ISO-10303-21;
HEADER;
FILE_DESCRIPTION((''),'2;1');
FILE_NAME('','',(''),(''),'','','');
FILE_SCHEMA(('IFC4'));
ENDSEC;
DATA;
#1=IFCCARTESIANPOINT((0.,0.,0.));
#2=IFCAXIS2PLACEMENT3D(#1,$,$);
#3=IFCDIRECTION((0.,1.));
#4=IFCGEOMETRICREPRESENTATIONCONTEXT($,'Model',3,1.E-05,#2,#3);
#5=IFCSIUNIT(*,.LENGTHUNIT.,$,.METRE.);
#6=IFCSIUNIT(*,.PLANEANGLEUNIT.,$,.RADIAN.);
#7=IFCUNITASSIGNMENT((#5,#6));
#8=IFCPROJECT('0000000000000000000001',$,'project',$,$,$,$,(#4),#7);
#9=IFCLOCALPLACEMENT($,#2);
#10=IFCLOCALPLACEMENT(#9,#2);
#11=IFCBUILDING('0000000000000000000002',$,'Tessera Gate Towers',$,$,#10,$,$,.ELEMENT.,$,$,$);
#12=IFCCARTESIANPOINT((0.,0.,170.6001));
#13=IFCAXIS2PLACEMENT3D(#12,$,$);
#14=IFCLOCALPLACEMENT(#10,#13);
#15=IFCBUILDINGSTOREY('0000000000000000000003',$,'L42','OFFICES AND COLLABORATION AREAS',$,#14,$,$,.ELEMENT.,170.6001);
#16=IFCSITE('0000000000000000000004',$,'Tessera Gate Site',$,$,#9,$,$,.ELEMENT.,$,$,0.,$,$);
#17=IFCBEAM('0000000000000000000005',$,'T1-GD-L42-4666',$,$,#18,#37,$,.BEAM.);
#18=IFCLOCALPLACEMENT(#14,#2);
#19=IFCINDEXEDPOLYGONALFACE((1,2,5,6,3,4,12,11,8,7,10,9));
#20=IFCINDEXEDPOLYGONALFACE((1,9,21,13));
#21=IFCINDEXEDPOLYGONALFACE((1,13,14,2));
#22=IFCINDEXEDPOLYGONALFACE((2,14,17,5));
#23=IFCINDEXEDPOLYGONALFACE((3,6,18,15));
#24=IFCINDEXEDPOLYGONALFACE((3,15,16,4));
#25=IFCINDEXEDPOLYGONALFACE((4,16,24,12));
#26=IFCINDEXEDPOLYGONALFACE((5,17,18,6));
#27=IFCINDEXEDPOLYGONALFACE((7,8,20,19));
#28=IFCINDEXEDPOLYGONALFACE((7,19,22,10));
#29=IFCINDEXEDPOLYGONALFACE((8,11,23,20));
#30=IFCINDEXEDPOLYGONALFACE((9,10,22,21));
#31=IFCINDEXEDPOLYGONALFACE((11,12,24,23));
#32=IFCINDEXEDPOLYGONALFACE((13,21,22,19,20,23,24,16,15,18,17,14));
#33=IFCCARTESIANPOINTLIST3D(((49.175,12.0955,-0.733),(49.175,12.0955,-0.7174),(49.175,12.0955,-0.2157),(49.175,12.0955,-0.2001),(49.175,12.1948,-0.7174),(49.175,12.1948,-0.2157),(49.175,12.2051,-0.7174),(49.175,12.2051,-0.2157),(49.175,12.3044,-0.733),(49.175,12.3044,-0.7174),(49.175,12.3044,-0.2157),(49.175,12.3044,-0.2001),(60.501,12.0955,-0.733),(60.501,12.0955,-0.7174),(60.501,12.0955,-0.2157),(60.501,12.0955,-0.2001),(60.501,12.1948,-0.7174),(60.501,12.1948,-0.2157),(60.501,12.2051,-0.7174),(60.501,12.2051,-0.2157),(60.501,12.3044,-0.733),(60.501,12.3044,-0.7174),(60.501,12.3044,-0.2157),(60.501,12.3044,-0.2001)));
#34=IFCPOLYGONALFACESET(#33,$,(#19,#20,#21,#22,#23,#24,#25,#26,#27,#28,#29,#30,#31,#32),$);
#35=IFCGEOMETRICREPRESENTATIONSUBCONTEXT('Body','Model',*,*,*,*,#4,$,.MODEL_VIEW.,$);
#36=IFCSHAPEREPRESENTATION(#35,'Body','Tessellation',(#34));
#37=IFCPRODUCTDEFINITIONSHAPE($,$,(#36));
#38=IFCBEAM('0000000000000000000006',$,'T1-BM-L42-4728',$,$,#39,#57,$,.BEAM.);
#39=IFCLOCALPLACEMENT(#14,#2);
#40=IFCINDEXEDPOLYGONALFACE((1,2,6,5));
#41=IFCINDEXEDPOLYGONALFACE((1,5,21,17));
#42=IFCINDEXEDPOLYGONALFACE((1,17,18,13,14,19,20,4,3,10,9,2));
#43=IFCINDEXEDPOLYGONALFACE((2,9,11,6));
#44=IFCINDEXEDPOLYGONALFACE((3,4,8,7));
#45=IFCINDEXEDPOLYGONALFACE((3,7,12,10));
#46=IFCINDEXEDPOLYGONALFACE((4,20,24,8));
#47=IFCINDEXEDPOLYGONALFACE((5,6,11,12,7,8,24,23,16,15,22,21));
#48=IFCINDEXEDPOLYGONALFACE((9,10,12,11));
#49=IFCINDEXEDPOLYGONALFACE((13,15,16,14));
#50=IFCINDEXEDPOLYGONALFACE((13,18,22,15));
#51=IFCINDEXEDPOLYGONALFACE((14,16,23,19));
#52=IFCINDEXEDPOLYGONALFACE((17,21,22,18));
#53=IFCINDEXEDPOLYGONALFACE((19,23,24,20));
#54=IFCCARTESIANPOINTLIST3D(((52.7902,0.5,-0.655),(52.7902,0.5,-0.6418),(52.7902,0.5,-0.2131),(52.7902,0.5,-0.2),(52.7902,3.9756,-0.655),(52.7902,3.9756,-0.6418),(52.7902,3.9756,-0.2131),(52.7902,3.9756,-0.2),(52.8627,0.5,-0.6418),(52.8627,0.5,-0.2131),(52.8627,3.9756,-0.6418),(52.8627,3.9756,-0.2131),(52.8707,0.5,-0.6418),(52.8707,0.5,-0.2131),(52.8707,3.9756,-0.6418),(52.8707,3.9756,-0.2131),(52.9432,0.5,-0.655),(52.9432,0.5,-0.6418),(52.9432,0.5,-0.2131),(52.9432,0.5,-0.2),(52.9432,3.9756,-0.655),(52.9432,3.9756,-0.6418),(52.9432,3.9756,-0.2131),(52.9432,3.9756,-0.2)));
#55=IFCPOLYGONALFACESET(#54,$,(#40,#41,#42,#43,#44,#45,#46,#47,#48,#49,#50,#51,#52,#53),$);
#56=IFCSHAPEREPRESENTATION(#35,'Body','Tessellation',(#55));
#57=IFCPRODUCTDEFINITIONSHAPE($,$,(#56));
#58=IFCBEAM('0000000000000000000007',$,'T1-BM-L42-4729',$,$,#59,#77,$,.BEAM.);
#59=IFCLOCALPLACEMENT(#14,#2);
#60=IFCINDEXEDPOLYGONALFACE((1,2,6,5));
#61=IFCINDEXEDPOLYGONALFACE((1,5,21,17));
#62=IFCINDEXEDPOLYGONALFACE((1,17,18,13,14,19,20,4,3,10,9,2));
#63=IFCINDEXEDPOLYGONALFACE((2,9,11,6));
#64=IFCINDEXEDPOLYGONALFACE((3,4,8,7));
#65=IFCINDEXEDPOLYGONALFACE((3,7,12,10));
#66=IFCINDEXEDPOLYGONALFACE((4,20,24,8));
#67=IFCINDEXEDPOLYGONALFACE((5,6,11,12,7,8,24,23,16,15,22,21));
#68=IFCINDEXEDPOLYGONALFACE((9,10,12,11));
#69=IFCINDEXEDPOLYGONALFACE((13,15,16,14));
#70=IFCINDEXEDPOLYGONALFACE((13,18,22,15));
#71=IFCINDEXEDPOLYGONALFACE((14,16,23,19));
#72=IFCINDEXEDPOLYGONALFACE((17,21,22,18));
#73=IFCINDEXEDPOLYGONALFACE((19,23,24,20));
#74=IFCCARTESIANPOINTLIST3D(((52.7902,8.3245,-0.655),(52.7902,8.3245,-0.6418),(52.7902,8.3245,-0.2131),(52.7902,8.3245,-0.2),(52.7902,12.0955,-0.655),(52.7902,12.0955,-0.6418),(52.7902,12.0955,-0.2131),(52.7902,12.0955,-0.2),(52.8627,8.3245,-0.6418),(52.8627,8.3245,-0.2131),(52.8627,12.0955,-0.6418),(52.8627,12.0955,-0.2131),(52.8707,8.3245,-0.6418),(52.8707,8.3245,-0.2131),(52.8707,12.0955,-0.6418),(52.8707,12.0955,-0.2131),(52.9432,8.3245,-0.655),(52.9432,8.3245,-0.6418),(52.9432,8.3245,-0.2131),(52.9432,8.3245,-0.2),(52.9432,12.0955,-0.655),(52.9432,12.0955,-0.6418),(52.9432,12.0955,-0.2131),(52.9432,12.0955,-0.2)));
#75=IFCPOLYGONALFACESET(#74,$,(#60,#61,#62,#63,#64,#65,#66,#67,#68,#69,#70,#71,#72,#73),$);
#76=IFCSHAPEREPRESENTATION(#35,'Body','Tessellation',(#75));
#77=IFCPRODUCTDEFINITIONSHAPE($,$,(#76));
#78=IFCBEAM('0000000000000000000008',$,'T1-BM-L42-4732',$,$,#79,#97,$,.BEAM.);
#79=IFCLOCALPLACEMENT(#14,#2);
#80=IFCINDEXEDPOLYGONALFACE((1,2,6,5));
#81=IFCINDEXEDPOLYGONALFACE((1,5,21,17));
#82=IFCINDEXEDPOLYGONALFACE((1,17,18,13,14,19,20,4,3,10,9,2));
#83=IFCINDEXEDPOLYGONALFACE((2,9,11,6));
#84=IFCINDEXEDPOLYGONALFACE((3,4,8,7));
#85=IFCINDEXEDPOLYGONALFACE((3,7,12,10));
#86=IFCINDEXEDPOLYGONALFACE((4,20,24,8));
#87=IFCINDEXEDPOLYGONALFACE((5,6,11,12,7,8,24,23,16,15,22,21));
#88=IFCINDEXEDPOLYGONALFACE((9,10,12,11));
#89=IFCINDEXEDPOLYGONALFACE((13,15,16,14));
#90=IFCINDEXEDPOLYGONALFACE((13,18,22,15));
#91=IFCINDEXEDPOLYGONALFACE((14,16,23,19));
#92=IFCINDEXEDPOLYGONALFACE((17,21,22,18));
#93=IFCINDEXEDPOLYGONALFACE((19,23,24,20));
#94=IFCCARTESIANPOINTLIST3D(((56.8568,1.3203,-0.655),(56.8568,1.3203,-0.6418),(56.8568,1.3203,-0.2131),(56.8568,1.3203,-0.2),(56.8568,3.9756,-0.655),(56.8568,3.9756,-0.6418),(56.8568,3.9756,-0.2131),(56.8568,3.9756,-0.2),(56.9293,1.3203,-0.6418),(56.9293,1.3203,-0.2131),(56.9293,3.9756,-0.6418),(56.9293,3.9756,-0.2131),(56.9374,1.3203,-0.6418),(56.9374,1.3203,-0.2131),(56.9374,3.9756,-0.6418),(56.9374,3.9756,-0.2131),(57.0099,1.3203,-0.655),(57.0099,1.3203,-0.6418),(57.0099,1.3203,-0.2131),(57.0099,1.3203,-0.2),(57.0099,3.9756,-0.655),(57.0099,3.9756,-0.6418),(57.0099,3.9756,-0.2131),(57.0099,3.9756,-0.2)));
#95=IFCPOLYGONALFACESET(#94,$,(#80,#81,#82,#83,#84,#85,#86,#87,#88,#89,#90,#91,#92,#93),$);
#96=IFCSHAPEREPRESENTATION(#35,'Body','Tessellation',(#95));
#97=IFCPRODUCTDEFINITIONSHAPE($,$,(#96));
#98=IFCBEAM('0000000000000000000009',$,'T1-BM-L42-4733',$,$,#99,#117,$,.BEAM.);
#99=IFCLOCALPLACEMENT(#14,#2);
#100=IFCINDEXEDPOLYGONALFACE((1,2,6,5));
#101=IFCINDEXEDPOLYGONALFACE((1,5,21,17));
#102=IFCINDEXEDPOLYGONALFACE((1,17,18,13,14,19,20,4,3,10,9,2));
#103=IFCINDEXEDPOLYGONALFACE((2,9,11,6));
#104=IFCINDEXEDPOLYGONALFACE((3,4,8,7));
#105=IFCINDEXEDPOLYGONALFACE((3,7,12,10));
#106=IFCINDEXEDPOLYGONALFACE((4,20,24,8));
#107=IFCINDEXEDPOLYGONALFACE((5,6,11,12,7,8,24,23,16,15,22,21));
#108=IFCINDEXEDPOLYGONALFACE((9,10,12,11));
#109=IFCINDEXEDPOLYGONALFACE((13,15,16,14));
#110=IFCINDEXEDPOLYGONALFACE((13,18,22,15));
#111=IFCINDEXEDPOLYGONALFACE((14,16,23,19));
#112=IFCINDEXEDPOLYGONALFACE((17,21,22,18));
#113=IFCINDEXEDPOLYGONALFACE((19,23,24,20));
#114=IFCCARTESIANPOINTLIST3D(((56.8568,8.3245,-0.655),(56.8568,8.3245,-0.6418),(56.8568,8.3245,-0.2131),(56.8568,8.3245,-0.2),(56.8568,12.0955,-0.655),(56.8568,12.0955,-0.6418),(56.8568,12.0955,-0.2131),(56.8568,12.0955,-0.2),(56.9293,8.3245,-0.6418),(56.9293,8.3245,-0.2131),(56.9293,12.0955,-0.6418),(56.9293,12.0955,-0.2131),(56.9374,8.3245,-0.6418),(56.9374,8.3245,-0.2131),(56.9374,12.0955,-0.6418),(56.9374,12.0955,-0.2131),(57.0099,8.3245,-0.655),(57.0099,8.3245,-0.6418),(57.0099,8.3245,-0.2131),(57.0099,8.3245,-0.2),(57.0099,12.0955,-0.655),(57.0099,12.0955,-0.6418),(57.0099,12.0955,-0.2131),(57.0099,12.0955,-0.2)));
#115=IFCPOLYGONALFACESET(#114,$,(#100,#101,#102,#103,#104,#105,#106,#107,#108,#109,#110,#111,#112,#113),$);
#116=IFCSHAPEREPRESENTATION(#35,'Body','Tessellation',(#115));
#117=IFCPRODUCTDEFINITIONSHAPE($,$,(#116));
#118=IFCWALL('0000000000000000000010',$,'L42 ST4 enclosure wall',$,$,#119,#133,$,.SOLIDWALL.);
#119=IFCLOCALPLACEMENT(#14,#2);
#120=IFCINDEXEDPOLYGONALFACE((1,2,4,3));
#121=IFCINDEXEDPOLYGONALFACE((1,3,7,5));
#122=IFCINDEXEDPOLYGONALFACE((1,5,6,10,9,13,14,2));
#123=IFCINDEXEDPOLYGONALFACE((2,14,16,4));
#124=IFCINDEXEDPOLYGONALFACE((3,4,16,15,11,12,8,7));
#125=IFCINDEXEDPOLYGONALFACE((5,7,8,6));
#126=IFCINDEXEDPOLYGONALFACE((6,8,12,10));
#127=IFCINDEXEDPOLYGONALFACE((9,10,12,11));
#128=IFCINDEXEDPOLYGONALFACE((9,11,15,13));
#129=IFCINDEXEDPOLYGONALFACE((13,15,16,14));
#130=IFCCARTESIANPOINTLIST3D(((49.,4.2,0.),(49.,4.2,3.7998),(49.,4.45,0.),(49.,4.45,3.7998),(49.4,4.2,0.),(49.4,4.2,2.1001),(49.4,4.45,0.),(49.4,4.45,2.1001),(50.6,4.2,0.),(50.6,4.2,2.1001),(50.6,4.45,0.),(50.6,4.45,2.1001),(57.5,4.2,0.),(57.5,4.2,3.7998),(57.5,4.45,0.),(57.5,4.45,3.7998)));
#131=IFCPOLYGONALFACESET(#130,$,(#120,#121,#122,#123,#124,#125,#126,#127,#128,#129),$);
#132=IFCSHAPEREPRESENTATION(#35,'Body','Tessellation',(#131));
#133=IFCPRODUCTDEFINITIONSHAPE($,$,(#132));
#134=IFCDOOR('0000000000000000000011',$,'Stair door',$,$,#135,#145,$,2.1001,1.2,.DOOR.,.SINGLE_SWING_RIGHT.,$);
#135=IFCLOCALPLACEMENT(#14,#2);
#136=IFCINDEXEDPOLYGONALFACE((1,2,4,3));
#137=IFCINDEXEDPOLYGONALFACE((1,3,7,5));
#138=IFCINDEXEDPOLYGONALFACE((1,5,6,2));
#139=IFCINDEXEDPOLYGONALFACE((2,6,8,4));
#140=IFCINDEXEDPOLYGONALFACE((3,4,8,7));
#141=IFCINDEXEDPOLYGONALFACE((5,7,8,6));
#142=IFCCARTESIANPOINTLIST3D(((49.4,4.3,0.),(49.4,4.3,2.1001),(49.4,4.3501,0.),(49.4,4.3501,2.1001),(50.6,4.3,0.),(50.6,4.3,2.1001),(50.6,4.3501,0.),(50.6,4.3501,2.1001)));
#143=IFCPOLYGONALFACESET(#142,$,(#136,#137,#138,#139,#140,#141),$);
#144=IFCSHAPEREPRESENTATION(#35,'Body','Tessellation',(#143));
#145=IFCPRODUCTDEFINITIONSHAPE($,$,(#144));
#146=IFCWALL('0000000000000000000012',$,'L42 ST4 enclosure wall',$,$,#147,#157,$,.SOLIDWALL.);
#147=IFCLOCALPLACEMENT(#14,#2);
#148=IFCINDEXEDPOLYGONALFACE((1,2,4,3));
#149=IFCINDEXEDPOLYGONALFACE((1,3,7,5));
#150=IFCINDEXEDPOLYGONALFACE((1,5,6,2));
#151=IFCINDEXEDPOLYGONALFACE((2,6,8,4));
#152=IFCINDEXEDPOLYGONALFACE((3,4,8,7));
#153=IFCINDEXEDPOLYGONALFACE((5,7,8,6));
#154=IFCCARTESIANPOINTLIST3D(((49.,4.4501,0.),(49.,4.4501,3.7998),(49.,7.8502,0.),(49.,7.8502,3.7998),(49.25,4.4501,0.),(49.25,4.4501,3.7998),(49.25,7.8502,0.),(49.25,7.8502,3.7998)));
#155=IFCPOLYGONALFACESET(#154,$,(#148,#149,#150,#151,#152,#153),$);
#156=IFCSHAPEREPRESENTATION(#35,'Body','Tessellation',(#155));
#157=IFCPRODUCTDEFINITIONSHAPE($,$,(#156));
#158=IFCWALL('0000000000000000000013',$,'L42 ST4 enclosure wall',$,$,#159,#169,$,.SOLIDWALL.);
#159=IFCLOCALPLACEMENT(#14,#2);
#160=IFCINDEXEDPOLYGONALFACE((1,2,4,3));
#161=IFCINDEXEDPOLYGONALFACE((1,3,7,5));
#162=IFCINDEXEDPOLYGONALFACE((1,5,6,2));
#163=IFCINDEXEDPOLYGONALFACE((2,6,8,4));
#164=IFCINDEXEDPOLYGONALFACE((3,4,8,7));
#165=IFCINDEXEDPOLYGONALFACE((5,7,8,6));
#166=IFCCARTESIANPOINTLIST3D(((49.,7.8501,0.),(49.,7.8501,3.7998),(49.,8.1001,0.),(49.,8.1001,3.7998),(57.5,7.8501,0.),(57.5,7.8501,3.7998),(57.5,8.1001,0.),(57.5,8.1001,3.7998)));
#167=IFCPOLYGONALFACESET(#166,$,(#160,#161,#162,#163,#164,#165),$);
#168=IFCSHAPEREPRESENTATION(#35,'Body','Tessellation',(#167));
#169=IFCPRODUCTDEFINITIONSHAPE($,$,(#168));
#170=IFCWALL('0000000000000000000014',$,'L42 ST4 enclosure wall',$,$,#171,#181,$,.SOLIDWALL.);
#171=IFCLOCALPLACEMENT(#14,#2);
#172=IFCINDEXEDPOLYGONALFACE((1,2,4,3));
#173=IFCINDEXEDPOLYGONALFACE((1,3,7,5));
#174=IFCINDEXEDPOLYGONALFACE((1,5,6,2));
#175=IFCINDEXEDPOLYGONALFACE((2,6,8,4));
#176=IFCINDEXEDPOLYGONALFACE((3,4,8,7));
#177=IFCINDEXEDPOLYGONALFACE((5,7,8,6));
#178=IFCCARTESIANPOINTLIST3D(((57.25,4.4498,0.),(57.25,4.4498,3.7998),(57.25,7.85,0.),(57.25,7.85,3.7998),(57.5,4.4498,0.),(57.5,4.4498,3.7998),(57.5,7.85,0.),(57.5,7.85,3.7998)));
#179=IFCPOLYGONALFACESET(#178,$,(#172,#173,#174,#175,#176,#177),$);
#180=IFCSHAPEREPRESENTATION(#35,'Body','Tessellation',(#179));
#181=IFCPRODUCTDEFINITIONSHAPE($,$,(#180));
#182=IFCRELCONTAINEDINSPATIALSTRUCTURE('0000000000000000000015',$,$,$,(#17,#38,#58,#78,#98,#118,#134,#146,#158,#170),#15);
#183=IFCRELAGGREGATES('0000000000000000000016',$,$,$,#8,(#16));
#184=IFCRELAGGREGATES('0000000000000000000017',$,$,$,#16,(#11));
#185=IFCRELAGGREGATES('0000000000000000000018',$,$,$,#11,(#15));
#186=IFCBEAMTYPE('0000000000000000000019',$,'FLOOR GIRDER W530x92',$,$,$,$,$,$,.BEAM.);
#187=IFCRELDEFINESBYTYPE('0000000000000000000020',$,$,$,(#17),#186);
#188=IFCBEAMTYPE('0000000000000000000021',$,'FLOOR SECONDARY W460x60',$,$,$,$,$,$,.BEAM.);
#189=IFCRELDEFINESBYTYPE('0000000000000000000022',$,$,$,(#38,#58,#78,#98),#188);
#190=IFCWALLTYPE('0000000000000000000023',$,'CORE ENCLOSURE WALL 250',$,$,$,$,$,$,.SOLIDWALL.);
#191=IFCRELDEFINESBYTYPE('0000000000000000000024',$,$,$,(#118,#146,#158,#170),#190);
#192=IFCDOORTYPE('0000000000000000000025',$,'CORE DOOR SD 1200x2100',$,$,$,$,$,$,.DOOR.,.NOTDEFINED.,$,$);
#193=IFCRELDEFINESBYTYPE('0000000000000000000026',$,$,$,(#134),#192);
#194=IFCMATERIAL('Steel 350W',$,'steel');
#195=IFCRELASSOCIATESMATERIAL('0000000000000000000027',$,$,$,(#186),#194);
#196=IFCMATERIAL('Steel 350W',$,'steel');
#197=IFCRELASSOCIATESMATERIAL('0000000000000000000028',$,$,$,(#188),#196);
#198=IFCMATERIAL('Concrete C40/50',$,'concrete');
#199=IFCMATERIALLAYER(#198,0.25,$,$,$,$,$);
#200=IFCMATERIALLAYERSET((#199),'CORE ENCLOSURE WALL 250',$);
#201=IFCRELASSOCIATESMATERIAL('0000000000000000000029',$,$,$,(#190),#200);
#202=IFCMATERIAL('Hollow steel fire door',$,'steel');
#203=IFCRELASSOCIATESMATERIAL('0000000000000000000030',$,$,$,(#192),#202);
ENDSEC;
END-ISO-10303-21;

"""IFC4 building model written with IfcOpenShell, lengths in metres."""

from ifc_helpers import new_model, si_unit, direction, frame, frame_2d, origin, origin_2d, place, context, subcontext, project, spatial, rectangle, i_section, extrude, source, transform, mapped, material, layer, layer_set, material_profile, profile_set, type_object, element, fill, save


model = new_model("IFC4")

# Units and contexts
model_context = context("Model", 3, precision=1e-05, world=origin(), true_north=direction((0.0, 1.0)))
body_context = subcontext(model_context, "Body", "Model", "MODEL_VIEW")
ifc_project = project(units=[si_unit("LENGTHUNIT", "METRE"), si_unit("PLANEANGLEUNIT", "RADIAN")], contexts=[model_context])

# Site, building, storey
site_placement = place(None, origin())
site = spatial("IfcSite", under=ifc_project, at=site_placement, Name="Tessera Gate Site", CompositionType="ELEMENT", RefElevation=0.0)
building_placement = place(site_placement, origin())
building = spatial("IfcBuilding", under=site, at=building_placement, Name="Tessera Gate Towers", CompositionType="ELEMENT")
storey_placement = place(building_placement, frame((0.0, 0.0, 170.6001)))
storey = spatial("IfcBuildingStorey", under=building, at=storey_placement, Name="L42", Description="OFFICES AND COLLABORATION AREAS", CompositionType="ELEMENT", Elevation=170.6001)

# Beams
ifc_material_1 = material(Name="Steel 350W", Category="steel")
ifc_material_profile_1 = material_profile(ifc_material_1, i_section(OverallWidth=0.209, OverallDepth=0.533, WebThickness=0.0103, FlangeThickness=0.0156, at=origin_2d()), Name="W530x92")
ifc_profile_set_1 = profile_set([ifc_material_profile_1], Name="Steel 350W")
beam_type_1 = type_object("IfcBeamType", Name="FLOOR GIRDER W530x92", PredefinedType="BEAM", material=ifc_profile_set_1)
beam_1_placement = place(storey_placement, frame((49.175, 12.2, -0.4666), z_axis=(1.0, 0.0, 0.0), x_axis=(0.0, 1.0, 0.0)))
element("IfcBeam", 1, at=beam_1_placement, inside=storey, type_object=beam_type_1, Name="T1-GD-L42-4666", PredefinedType="BEAM", context=body_context, shape_type="SweptSolid", body=[
    extrude(i_section(OverallWidth=0.209, OverallDepth=0.533, WebThickness=0.0103, FlangeThickness=0.0156, at=origin_2d()), origin(), (0.0, 0.0, 1.0), 11.3259),
])
ifc_material_2 = material(Name="Steel 350W", Category="steel")
ifc_material_profile_2 = material_profile(ifc_material_2, i_section(OverallWidth=0.1531, OverallDepth=0.4551, WebThickness=0.0081, FlangeThickness=0.0132, at=origin_2d()), Name="W460x60")
ifc_profile_set_2 = profile_set([ifc_material_profile_2], Name="Steel 350W")
beam_type_2 = type_object("IfcBeamType", Name="FLOOR SECONDARY W460x60", PredefinedType="BEAM", material=ifc_profile_set_2)
beam_2_placement = place(storey_placement, frame((52.8667, 0.5, -0.4275), z_axis=(0.0, 1.0, 0.0), x_axis=(-1.0, 0.0, 0.0)))
element("IfcBeam", 2, at=beam_2_placement, inside=storey, type_object=beam_type_2, Name="T1-BM-L42-4728", PredefinedType="BEAM", context=body_context, shape_type="SweptSolid", body=[
    extrude(i_section(OverallWidth=0.1531, OverallDepth=0.4551, WebThickness=0.0081, FlangeThickness=0.0132, at=origin_2d()), origin(), (0.0, 0.0, 1.0), 3.4756),
])
beam_3_placement = place(storey_placement, frame((52.8667, 8.3245, -0.4275), z_axis=(0.0, 1.0, 0.0), x_axis=(-1.0, 0.0, 0.0)))
element("IfcBeam", 3, at=beam_3_placement, inside=storey, type_object=beam_type_2, Name="T1-BM-L42-4729", PredefinedType="BEAM", context=body_context, shape_type="SweptSolid", body=[
    extrude(i_section(OverallWidth=0.1531, OverallDepth=0.4551, WebThickness=0.0081, FlangeThickness=0.0132, at=origin_2d()), origin(), (0.0, 0.0, 1.0), 3.771),
])
beam_4_placement = place(storey_placement, frame((56.9333, 1.3203, -0.4275), z_axis=(0.0, 1.0, 0.0), x_axis=(-1.0, 0.0, 0.0)))
element("IfcBeam", 4, at=beam_4_placement, inside=storey, type_object=beam_type_2, Name="T1-BM-L42-4732", PredefinedType="BEAM", context=body_context, shape_type="SweptSolid", body=[
    extrude(i_section(OverallWidth=0.1531, OverallDepth=0.4551, WebThickness=0.0081, FlangeThickness=0.0132, at=origin_2d()), origin(), (0.0, 0.0, 1.0), 2.6553),
])
beam_5_placement = place(storey_placement, frame((56.9333, 8.3245, -0.4275), z_axis=(0.0, 1.0, 0.0), x_axis=(-1.0, 0.0, 0.0)))
element("IfcBeam", 5, at=beam_5_placement, inside=storey, type_object=beam_type_2, Name="T1-BM-L42-4733", PredefinedType="BEAM", context=body_context, shape_type="SweptSolid", body=[
    extrude(i_section(OverallWidth=0.1531, OverallDepth=0.4551, WebThickness=0.0081, FlangeThickness=0.0132, at=origin_2d()), origin(), (0.0, 0.0, 1.0), 3.771),
])

# Wall, opening, door
ifc_material_3 = material(Name="Concrete C40/50", Category="concrete")
ifc_layer_1 = layer(ifc_material_3, 0.25)
ifc_layer_set_1 = layer_set([ifc_layer_1], Name="CORE ENCLOSURE WALL 250")
wall_type_1 = type_object("IfcWallType", Name="CORE ENCLOSURE WALL 250", PredefinedType="SOLIDWALL", material=ifc_layer_set_1)
wall_1_placement = place(storey_placement, frame((57.5, 4.325, 0.0), z_axis=(0.0, 0.0, 1.0), x_axis=(-1.0, 0.0, 0.0)))
wall_1 = element("IfcWall", 6, at=wall_1_placement, inside=storey, type_object=wall_type_1, Name="L42 ST4 enclosure wall", PredefinedType="SOLIDWALL", context=body_context, shape_type="SweptSolid", body=[
    extrude(rectangle(XDim=8.5, YDim=0.25, at=frame_2d((4.25, 0.0))), origin(), (0.0, 0.0, 1.0), 3.7998),
])
shared_shape_1 = source(origin(), body_context, "Body", "SweptSolid", [
    extrude(rectangle(XDim=1.2, YDim=2.1001, at=frame_2d((0.6001, 1.05))), frame((0.0, 0.135, 0.0), z_axis=(0.0, -1.0, 0.0), x_axis=(1.0, 0.0, 0.0)), (0.0, 0.0, 1.0), 0.27),
])
opening_1_placement = place(wall_1_placement, frame((6.8999, 0.0, 0.0)))
opening_1 = element("IfcOpeningElement", 7, at=opening_1_placement, cuts=wall_1, PredefinedType="OPENING", context=body_context, shape_type="MappedRepresentation", body=[
    mapped(shared_shape_1, transform((0.0, 0.0, 0.0), scale=1.0)),
])
ifc_material_4 = material(Name="Hollow steel fire door", Category="steel")
door_type = type_object("IfcDoorType", Name="CORE DOOR SD 1200x2100", OperationType="NOTDEFINED", PredefinedType="DOOR", material=ifc_material_4)
shared_shape_2 = source(origin(), body_context, "Body", "SweptSolid", [
    extrude(rectangle(XDim=1.2, YDim=2.1001, at=frame_2d((0.6001, 1.05))), frame((0.0, 0.0249, 0.0), z_axis=(0.0, -1.0, 0.0), x_axis=(1.0, 0.0, 0.0)), (0.0, 0.0, 1.0), 0.05),
])
door_placement = place(opening_1_placement, origin())
door = element("IfcDoor", 8, at=door_placement, inside=storey, type_object=door_type, Name="Stair door", OperationType="SINGLE_SWING_RIGHT", OverallHeight=2.1001, OverallWidth=1.2, PredefinedType="DOOR", context=body_context, shape_type="MappedRepresentation", body=[
    mapped(shared_shape_2, transform((0.0, 0.0, 0.0), scale=1.0)),
])
fill(opening_1, door)

# Walls
wall_2_placement = place(storey_placement, frame((49.125, 4.45, 0.0), z_axis=(0.0, 0.0, 1.0), x_axis=(0.0, 1.0, 0.0)))
element("IfcWall", 9, at=wall_2_placement, inside=storey, type_object=wall_type_1, Name="L42 ST4 enclosure wall", PredefinedType="SOLIDWALL", context=body_context, shape_type="SweptSolid", body=[
    extrude(rectangle(XDim=3.4001, YDim=0.25, at=frame_2d((1.7002, 0.0))), origin(), (0.0, 0.0, 1.0), 3.7998),
])
wall_3_placement = place(storey_placement, frame((49.0, 7.9751, 0.0), z_axis=(0.0, 0.0, 1.0), x_axis=(1.0, 0.0, 0.0)))
element("IfcWall", 10, at=wall_3_placement, inside=storey, type_object=wall_type_1, Name="L42 ST4 enclosure wall", PredefinedType="SOLIDWALL", context=body_context, shape_type="SweptSolid", body=[
    extrude(rectangle(XDim=8.5, YDim=0.25, at=frame_2d((4.25, 0.0))), origin(), (0.0, 0.0, 1.0), 3.7998),
])
wall_4_placement = place(storey_placement, frame((57.375, 7.8501, 0.0), z_axis=(0.0, 0.0, 1.0), x_axis=(0.0, -1.0, 0.0)))
element("IfcWall", 11, at=wall_4_placement, inside=storey, type_object=wall_type_1, Name="L42 ST4 enclosure wall", PredefinedType="SOLIDWALL", context=body_context, shape_type="SweptSolid", body=[
    extrude(rectangle(XDim=3.4001, YDim=0.25, at=frame_2d((1.7002, 0.0))), origin(), (0.0, 0.0, 1.0), 3.7998),
])

save(model, "model.ifc")
